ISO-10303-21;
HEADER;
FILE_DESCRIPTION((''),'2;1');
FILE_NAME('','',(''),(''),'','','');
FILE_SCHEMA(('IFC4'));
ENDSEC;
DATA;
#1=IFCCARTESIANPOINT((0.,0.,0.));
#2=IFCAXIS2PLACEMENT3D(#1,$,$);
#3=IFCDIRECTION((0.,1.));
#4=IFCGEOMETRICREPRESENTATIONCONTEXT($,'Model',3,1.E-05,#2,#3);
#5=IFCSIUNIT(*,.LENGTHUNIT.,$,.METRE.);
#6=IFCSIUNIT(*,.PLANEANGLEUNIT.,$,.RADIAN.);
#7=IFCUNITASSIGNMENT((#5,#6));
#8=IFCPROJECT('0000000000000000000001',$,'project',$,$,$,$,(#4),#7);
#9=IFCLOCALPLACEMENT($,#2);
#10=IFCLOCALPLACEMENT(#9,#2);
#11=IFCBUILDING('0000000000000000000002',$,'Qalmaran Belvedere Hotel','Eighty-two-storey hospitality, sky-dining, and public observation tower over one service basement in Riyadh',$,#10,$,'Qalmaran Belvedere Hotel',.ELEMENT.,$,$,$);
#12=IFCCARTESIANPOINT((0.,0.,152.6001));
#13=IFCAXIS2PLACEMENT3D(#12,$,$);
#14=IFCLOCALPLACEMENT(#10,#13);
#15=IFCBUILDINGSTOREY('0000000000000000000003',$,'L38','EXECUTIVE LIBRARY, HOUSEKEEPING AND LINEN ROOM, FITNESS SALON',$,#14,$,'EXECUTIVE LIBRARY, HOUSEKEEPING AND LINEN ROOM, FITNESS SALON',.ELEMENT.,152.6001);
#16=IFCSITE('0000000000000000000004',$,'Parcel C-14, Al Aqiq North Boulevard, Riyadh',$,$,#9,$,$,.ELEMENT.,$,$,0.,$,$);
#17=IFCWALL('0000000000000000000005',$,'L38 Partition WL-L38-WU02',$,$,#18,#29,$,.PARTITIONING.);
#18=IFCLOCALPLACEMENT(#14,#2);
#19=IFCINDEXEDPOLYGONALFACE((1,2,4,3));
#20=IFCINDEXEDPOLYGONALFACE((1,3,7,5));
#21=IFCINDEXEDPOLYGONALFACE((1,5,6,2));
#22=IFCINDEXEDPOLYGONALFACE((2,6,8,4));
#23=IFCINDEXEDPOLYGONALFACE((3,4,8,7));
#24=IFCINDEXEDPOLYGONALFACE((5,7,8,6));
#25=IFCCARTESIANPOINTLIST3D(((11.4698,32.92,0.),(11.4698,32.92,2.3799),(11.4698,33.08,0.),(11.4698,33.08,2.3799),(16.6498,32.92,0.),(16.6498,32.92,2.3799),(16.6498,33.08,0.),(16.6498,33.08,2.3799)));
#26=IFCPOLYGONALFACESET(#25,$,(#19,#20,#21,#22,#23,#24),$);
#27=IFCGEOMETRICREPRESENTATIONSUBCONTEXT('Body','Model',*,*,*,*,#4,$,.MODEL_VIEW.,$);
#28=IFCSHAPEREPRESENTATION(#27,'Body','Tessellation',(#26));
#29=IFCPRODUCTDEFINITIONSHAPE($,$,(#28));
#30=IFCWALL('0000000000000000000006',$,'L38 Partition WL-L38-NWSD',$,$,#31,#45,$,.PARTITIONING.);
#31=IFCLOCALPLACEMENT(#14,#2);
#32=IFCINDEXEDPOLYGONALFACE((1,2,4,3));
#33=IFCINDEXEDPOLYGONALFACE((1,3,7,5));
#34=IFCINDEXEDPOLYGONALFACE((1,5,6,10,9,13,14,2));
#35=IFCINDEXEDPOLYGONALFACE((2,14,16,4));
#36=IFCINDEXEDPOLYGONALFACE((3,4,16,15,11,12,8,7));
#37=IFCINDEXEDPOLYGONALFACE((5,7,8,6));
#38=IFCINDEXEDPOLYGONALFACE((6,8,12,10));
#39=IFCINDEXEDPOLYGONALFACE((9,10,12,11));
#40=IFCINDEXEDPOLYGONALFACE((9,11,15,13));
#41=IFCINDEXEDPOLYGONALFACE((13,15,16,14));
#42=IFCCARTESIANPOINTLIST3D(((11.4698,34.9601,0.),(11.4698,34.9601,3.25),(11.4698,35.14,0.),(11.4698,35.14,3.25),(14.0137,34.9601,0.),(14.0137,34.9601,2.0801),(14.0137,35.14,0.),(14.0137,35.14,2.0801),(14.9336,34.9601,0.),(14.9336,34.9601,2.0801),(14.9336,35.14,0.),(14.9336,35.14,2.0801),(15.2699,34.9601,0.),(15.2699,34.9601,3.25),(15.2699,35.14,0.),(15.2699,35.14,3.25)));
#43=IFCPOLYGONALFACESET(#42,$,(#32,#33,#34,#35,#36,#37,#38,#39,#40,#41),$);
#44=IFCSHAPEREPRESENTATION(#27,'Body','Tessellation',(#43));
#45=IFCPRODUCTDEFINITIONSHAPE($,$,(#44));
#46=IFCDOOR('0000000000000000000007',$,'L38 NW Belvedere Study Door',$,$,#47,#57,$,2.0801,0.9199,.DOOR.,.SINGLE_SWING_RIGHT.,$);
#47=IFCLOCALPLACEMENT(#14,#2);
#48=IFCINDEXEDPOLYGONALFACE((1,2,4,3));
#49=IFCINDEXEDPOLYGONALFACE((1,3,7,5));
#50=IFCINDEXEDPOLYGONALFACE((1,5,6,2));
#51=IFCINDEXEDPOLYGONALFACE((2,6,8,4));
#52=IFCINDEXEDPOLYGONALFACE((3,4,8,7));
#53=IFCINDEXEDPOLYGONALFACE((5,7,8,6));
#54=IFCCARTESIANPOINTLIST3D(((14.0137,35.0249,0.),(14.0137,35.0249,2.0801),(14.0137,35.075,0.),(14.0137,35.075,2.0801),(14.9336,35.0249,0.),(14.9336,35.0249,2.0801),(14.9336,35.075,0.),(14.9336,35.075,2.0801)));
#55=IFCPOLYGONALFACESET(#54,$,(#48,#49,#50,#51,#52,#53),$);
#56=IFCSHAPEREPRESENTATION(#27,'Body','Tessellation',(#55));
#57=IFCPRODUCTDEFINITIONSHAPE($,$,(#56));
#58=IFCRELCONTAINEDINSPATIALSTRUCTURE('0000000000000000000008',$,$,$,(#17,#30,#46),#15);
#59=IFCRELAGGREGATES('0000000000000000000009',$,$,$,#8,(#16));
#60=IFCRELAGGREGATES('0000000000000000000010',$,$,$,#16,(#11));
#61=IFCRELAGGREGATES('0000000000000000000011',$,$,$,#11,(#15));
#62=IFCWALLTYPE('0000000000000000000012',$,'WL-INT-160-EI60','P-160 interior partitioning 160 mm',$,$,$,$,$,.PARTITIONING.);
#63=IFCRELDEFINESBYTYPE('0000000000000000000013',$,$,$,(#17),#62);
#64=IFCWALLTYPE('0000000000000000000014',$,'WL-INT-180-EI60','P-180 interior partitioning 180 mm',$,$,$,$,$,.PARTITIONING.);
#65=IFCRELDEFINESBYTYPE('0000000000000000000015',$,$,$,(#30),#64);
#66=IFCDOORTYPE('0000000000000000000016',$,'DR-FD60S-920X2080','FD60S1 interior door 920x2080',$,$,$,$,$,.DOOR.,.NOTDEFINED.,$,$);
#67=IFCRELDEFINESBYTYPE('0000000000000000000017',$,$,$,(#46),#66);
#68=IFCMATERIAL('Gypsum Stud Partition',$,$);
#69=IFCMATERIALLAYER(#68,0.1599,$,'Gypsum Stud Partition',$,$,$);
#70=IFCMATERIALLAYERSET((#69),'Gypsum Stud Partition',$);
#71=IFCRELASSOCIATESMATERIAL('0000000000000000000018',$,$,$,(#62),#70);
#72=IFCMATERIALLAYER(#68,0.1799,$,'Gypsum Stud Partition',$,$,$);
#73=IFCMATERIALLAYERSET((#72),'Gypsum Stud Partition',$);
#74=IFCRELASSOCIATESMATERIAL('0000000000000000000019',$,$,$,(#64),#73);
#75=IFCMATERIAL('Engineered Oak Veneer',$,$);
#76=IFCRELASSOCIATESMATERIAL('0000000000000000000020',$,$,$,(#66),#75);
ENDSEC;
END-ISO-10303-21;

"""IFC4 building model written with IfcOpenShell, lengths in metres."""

from ifc_helpers import new_model, si_unit, direction, frame, frame_2d, origin, place, context, subcontext, project, spatial, rectangle, extrude, material, layer, layer_set, type_object, element, fill, save


model = new_model("IFC4")

# Units and contexts
model_context = context("Model", 3, precision=1e-05, world=origin(), true_north=direction((0.0, 1.0)))
body_context = subcontext(model_context, "Body", "Model", "MODEL_VIEW")
ifc_project = project(units=[si_unit("LENGTHUNIT", "METRE"), si_unit("PLANEANGLEUNIT", "RADIAN")], contexts=[model_context])

# Site, building, storey
site_placement = place(None, origin())
site = spatial("IfcSite", under=ifc_project, at=site_placement, Name="Parcel C-14, Al Aqiq North Boulevard, Riyadh", CompositionType="ELEMENT", RefElevation=0.0)
building_placement = place(site_placement, origin())
building = spatial("IfcBuilding", under=site, at=building_placement, Name="Qalmaran Belvedere Hotel", Description="Eighty-two-storey hospitality, sky-dining, and public observation tower over one service basement in Riyadh", LongName="Qalmaran Belvedere Hotel", CompositionType="ELEMENT")
storey_placement = place(building_placement, frame((0.0, 0.0, 152.6001)))
storey = spatial("IfcBuildingStorey", under=building, at=storey_placement, Name="L38", Description="EXECUTIVE LIBRARY, HOUSEKEEPING AND LINEN ROOM, FITNESS SALON", LongName="EXECUTIVE LIBRARY, HOUSEKEEPING AND LINEN ROOM, FITNESS SALON", CompositionType="ELEMENT", Elevation=152.6001)

# Shared definitions
ifc_material_1 = material(Name="Engineered Oak Veneer")

# Wall
ifc_material_2 = material(Name="Gypsum Stud Partition")
ifc_layer_1 = layer(ifc_material_2, 0.1599, Name="Gypsum Stud Partition")
ifc_layer_set_1 = layer_set([ifc_layer_1], Name="Gypsum Stud Partition")
wall_type_1 = type_object("IfcWallType", Name="WL-INT-160-EI60", Description="P-160 interior partitioning 160 mm", PredefinedType="PARTITIONING", material=ifc_layer_set_1)
wall_1_placement = place(storey_placement, frame((11.47, 33.0, 0.0), z_axis=(0.0, 0.0, 1.0), x_axis=(1.0, 0.0, 0.0)))
element("IfcWall", 1, at=wall_1_placement, inside=storey, type_object=wall_type_1, Name="L38 Partition WL-L38-WU02", PredefinedType="PARTITIONING", context=body_context, shape_type="SweptSolid", body=[
    extrude(rectangle(XDim=5.1799, YDim=0.1599, at=frame_2d((2.5898, 0.0))), origin(), (0.0, 0.0, 1.0), 2.3799),
])

# Wall, opening, door
ifc_layer_2 = layer(ifc_material_2, 0.1799, Name="Gypsum Stud Partition")
ifc_layer_set_2 = layer_set([ifc_layer_2], Name="Gypsum Stud Partition")
wall_type_2 = type_object("IfcWallType", Name="WL-INT-180-EI60", Description="P-180 interior partitioning 180 mm", PredefinedType="PARTITIONING", material=ifc_layer_set_2)
wall_2_placement = place(storey_placement, frame((11.47, 35.05, 0.0), z_axis=(0.0, 0.0, 1.0), x_axis=(1.0, 0.0, 0.0)))
wall_2 = element("IfcWall", 2, at=wall_2_placement, inside=storey, type_object=wall_type_2, Name="L38 Partition WL-L38-NWSD", PredefinedType="PARTITIONING", context=body_context, shape_type="SweptSolid", body=[
    extrude(rectangle(XDim=3.8, YDim=0.1799, at=frame_2d((1.8999, 0.0))), origin(), (0.0, 0.0, 1.0), 3.25),
])
opening_1_placement = place(wall_2_placement, frame((2.5437, 0.0, 0.0)))
opening_1 = element("IfcOpeningElement", 3, at=opening_1_placement, cuts=wall_2, PredefinedType="OPENING", context=body_context, shape_type="SweptSolid", body=[
    extrude(rectangle(XDim=0.9199, YDim=2.0801, at=frame_2d((0.46, 1.04))), frame((0.0, 0.1001, 0.0), z_axis=(0.0, -1.0, 0.0), x_axis=(1.0, 0.0, 0.0)), (0.0, 0.0, 1.0), 0.2),
])
door_type_1 = type_object("IfcDoorType", Name="DR-FD60S-920X2080", Description="FD60S1 interior door 920x2080", OperationType="NOTDEFINED", PredefinedType="DOOR", material=ifc_material_1)
door_1_placement = place(opening_1_placement, origin())
door_1 = element("IfcDoor", 4, at=door_1_placement, inside=storey, type_object=door_type_1, Name="L38 NW Belvedere Study Door", OperationType="SINGLE_SWING_RIGHT", OverallHeight=2.0801, OverallWidth=0.9199, PredefinedType="DOOR", context=body_context, shape_type="SweptSolid", body=[
    extrude(rectangle(XDim=0.9199, YDim=2.0801, at=frame_2d((0.46, 1.04))), frame((0.0, 0.0249, 0.0), z_axis=(0.0, -1.0, 0.0), x_axis=(1.0, 0.0, 0.0)), (0.0, 0.0, 1.0), 0.05),
])
fill(opening_1, door_1)

save(model, "model.ifc")
